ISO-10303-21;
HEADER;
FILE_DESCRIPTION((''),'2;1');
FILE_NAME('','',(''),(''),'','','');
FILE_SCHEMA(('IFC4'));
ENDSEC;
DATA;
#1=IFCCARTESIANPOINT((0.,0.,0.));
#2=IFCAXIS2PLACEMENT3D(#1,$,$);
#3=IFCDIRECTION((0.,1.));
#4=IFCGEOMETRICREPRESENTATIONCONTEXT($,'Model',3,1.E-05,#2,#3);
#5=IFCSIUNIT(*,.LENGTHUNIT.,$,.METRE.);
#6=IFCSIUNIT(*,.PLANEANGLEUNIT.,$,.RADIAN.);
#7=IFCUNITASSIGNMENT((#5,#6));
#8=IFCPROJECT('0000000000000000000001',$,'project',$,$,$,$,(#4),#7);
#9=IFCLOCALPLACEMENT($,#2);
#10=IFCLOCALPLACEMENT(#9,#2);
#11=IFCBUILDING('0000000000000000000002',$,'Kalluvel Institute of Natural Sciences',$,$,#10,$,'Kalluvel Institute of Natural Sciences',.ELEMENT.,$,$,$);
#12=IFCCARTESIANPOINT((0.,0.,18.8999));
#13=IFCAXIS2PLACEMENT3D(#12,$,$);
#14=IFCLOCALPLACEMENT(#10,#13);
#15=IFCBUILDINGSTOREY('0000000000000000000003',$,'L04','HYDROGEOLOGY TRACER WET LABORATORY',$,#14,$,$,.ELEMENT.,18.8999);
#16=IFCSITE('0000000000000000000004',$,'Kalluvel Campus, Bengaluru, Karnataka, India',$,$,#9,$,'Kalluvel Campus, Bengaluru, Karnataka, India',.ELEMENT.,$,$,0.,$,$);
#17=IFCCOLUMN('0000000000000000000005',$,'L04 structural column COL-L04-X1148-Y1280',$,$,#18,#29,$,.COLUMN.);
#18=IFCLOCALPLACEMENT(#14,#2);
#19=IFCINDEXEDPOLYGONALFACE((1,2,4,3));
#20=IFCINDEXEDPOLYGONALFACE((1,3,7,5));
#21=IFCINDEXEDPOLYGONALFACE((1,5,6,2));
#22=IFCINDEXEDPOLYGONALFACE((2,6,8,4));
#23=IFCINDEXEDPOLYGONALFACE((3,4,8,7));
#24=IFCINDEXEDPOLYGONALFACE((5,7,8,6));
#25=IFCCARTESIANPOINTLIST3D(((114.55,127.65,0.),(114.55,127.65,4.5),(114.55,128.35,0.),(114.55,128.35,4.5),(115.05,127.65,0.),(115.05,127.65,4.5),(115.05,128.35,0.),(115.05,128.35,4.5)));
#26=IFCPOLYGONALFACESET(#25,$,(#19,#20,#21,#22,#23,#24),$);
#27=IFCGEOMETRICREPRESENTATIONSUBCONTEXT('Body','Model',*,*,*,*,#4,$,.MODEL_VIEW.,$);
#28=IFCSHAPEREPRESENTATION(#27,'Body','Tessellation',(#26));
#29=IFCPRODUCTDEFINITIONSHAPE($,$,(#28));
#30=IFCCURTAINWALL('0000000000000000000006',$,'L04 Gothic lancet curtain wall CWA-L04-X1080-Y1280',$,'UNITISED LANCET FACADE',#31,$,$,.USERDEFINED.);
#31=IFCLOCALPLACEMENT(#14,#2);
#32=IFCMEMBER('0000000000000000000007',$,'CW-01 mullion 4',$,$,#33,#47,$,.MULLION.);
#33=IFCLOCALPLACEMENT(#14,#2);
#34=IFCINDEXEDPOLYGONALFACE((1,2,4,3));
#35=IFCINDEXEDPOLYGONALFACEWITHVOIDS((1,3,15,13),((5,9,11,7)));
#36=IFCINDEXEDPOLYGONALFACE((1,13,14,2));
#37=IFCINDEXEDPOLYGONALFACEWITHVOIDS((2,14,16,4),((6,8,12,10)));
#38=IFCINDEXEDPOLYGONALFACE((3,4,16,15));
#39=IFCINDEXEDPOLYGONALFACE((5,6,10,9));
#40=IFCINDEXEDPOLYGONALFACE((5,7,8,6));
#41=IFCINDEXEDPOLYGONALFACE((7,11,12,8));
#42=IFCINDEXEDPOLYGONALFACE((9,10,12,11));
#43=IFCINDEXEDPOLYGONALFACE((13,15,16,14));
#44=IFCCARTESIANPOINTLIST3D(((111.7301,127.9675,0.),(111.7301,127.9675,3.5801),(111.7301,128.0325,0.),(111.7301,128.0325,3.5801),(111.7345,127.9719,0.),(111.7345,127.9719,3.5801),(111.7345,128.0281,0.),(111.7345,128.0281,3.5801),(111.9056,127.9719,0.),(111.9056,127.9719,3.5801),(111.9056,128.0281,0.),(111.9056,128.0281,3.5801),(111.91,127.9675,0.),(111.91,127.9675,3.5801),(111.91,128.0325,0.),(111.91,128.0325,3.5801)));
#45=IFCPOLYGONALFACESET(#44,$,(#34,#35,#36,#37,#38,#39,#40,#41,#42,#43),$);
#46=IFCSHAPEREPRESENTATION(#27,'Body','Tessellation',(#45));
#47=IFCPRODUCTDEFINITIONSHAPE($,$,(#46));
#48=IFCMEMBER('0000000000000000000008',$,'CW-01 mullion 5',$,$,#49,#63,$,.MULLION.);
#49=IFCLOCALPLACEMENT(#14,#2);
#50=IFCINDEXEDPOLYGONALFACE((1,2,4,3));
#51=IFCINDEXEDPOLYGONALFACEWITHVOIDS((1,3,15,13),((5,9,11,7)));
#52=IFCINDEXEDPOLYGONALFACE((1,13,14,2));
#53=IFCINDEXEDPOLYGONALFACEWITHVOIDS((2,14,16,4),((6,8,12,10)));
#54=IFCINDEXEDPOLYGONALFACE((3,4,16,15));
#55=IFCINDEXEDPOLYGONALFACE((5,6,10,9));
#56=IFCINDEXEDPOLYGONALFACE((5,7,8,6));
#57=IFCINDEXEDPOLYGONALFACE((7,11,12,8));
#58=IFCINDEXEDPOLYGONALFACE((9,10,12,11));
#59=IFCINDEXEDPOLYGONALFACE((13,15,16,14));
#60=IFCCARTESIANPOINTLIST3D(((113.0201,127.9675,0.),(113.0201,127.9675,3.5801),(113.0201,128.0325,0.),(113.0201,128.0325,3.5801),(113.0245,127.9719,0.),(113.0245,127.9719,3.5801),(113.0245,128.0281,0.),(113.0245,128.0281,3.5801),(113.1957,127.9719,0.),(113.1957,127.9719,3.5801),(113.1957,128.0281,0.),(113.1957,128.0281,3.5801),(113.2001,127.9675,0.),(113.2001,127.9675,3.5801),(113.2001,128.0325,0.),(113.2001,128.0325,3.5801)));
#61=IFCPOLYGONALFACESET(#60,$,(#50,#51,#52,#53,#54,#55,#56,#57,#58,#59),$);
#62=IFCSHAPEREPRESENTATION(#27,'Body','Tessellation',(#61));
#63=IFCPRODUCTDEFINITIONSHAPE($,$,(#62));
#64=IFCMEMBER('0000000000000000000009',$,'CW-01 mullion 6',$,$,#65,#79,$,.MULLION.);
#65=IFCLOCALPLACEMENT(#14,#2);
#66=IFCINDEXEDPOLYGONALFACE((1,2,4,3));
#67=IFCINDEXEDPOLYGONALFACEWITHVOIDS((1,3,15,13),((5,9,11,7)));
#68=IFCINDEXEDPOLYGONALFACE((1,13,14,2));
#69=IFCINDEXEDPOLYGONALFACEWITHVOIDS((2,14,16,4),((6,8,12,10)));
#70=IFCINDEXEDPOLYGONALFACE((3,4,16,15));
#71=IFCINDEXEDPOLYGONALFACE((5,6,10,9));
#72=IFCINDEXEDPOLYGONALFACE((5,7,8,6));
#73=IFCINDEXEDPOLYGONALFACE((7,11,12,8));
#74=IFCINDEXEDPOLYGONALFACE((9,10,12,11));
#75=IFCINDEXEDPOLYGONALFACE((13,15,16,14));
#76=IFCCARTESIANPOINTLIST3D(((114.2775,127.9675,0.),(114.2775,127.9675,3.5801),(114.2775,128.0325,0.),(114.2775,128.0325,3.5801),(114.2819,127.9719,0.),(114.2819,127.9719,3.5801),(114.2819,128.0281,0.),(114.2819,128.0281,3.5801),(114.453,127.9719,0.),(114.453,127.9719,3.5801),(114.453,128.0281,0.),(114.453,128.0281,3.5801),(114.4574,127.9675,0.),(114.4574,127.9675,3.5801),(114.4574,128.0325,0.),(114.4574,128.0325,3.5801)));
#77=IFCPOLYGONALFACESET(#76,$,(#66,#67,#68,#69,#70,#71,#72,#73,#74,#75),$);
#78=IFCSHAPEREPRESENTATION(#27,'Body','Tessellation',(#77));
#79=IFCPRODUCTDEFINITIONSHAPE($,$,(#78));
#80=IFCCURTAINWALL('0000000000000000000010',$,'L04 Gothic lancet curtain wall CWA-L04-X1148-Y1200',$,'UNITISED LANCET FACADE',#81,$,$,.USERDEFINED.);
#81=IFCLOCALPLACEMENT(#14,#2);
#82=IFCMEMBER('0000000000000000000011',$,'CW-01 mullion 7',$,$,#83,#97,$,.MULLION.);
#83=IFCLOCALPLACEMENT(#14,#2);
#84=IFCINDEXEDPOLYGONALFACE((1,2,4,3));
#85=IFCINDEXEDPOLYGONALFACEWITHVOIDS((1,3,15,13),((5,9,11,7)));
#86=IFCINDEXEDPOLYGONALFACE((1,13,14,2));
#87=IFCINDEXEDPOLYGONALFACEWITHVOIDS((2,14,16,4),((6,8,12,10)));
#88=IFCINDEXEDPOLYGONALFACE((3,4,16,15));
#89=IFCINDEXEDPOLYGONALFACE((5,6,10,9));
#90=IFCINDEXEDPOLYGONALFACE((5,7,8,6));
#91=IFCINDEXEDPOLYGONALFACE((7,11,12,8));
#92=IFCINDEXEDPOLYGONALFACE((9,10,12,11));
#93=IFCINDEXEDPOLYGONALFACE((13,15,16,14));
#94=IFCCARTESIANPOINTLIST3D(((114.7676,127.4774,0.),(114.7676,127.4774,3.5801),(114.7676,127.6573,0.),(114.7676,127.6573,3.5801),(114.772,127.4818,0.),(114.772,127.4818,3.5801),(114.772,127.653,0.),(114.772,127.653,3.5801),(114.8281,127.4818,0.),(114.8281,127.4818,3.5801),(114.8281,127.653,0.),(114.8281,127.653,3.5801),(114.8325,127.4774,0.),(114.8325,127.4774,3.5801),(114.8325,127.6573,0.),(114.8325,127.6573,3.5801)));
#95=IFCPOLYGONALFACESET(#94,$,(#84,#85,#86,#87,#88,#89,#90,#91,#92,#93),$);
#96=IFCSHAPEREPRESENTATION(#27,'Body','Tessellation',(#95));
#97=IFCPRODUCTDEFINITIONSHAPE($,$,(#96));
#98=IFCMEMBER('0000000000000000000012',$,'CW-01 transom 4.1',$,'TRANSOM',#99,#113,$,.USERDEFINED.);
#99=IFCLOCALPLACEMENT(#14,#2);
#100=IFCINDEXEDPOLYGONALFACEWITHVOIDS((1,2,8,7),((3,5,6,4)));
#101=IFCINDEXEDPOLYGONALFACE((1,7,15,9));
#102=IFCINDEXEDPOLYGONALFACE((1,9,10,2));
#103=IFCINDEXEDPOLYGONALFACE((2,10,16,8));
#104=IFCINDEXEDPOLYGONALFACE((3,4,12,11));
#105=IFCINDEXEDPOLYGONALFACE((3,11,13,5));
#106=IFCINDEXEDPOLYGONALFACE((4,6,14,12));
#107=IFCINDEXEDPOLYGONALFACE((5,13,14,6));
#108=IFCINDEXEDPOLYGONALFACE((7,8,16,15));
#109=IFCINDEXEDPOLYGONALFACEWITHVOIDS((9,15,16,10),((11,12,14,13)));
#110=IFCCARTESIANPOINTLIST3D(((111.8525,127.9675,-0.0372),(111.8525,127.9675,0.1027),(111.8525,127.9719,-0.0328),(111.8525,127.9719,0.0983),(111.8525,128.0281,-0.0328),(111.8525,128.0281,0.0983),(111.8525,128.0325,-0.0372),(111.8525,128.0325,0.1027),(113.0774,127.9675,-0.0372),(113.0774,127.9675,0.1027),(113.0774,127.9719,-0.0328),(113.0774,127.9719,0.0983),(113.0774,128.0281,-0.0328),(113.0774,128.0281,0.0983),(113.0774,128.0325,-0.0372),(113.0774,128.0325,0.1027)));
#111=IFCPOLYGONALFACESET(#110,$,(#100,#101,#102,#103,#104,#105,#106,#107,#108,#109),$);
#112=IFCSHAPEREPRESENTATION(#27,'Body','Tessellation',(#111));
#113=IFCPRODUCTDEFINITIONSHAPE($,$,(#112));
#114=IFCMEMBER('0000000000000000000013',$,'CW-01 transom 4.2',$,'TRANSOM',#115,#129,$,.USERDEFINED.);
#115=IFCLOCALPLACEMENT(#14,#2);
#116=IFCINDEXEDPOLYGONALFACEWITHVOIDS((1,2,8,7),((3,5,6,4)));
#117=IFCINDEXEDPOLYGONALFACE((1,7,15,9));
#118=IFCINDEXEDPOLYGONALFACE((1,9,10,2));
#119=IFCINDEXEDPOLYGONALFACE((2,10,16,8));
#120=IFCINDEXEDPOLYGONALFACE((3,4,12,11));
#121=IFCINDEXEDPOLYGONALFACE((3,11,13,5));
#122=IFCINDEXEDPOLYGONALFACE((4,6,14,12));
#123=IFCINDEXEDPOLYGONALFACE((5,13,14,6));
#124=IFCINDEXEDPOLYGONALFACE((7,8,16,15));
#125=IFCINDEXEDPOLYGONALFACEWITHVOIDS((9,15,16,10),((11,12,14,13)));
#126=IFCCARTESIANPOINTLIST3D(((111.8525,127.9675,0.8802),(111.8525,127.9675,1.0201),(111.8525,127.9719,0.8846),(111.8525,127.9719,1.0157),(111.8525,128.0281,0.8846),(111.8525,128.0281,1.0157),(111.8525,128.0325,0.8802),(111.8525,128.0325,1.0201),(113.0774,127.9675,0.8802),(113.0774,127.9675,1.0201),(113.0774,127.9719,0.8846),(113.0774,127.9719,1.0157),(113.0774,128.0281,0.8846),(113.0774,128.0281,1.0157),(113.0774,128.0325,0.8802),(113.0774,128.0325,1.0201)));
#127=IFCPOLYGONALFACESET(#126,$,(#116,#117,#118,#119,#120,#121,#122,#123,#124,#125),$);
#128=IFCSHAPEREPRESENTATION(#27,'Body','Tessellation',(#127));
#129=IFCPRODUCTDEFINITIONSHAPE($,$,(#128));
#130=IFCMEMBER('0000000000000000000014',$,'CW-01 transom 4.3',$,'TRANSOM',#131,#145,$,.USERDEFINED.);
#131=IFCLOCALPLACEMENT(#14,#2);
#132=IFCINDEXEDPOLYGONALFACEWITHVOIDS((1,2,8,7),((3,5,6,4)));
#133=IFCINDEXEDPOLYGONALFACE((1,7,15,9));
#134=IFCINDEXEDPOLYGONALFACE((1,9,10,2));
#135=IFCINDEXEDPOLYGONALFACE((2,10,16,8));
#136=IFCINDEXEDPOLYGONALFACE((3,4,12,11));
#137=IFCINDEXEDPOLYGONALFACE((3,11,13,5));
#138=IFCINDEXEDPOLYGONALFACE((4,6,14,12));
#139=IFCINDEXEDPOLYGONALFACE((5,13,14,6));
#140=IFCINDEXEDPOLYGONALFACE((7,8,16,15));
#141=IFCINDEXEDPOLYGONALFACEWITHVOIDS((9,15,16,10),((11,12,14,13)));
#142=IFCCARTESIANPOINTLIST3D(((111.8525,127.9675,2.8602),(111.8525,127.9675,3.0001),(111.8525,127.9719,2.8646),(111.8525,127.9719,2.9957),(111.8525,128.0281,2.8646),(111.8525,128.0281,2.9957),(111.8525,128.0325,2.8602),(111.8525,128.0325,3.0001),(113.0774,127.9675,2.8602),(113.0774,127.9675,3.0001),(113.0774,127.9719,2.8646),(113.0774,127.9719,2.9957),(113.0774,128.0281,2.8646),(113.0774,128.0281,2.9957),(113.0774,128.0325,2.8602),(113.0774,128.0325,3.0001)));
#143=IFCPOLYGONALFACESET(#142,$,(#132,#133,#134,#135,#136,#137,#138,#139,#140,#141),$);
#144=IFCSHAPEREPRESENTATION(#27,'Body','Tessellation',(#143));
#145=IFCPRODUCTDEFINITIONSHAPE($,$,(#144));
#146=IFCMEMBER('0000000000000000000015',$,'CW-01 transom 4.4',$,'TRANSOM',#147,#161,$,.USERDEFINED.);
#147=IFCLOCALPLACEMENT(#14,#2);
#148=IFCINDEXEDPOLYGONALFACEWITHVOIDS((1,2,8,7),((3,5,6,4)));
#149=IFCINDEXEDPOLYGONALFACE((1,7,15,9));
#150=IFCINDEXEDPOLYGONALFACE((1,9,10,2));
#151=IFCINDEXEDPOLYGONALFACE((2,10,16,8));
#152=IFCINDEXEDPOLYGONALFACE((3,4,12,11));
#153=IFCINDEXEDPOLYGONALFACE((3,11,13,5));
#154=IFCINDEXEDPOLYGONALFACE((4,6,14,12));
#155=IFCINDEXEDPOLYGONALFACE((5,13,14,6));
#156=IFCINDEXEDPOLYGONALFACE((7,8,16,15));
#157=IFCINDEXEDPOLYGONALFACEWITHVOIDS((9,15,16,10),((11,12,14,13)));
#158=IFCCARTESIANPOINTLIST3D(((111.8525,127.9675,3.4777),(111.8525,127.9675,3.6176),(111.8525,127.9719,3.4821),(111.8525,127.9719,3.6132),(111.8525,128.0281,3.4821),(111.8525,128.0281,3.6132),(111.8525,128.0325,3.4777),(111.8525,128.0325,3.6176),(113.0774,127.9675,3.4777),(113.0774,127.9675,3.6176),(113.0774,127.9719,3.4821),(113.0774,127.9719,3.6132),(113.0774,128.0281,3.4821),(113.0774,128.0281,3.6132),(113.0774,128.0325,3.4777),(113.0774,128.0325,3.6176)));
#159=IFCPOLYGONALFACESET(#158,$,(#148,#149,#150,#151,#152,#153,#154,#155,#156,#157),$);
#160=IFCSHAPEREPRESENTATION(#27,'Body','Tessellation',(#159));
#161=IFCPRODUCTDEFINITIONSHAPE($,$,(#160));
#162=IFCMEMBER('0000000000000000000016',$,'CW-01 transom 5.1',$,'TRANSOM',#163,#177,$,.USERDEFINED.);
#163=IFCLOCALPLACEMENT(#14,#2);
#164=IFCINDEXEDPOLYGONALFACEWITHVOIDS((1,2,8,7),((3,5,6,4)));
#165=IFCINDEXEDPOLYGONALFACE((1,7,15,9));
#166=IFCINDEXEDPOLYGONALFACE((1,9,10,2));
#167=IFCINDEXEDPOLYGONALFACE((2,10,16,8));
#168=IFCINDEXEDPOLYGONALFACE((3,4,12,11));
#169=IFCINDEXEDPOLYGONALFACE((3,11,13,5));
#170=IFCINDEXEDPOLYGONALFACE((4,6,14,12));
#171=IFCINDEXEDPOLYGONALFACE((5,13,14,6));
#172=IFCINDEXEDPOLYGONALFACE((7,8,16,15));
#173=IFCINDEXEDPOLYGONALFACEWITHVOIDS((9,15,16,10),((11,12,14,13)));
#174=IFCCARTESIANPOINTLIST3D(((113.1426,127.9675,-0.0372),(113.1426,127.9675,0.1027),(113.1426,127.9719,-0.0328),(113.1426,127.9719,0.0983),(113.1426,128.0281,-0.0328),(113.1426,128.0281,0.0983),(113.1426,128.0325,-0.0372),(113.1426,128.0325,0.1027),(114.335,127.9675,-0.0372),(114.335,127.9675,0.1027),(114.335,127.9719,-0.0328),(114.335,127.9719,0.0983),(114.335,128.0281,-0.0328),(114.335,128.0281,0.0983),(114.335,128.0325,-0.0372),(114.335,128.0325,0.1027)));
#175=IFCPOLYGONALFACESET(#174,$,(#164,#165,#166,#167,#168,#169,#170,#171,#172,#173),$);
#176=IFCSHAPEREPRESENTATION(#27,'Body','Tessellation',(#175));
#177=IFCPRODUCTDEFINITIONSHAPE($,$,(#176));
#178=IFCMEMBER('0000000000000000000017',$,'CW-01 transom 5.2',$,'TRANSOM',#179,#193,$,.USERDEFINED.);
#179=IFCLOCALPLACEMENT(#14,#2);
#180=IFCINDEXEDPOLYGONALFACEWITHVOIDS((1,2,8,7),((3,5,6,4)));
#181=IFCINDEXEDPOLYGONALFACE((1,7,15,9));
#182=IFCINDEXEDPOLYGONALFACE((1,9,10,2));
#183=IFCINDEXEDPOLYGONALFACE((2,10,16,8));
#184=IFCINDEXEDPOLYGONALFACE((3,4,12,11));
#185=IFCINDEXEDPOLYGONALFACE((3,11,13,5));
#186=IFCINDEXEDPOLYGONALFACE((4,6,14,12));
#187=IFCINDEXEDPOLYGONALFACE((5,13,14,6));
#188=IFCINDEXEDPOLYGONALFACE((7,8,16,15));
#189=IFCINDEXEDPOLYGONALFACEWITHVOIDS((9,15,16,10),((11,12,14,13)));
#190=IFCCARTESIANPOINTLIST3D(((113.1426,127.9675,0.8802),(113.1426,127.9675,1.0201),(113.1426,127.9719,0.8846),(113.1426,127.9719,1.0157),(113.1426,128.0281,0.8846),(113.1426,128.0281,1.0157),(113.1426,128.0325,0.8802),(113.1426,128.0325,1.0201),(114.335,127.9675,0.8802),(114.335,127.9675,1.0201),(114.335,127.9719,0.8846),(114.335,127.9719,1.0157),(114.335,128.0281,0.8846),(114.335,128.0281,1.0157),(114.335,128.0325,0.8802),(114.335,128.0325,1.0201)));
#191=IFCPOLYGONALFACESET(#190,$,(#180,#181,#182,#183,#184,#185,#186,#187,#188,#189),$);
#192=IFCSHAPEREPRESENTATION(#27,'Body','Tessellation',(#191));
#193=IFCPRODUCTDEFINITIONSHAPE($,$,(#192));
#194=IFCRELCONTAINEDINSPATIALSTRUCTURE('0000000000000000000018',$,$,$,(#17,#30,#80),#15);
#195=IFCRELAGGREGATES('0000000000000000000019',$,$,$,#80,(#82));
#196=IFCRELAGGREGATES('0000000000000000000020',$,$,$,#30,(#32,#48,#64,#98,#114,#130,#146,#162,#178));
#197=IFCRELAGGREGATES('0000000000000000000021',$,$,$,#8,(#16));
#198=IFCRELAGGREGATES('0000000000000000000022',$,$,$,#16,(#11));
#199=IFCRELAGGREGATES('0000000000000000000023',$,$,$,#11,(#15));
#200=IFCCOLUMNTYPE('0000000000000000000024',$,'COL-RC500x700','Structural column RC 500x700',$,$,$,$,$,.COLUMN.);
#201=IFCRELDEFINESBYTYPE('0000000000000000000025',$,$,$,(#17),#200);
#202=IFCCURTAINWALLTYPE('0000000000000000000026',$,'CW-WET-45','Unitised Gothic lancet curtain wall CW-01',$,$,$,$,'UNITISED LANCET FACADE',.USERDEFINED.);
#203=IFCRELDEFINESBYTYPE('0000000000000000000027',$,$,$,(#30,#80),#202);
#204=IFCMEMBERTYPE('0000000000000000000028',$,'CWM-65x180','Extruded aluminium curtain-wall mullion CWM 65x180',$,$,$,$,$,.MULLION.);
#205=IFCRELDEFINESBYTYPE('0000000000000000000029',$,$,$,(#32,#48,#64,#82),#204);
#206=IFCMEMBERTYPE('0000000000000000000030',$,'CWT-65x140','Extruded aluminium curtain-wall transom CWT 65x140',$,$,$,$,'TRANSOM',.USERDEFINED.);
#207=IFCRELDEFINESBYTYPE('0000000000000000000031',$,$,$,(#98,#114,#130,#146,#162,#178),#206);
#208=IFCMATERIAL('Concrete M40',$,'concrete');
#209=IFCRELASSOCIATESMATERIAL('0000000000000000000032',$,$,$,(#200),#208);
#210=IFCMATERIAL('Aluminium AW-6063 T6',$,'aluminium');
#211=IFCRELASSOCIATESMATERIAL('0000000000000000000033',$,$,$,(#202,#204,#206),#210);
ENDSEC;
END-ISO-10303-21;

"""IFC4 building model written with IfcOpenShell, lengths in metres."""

from ifc_helpers import new_model, si_unit, direction, frame, origin, origin_2d, place, context, subcontext, project, spatial, rectangle, hollow_rectangle, extrude, material, material_profile, profile_set, type_object, element, aggregate, save


model = new_model("IFC4")

# Units and contexts
model_context = context("Model", 3, precision=1e-05, world=origin(), true_north=direction((0.0, 1.0)))
body_context = subcontext(model_context, "Body", "Model", "MODEL_VIEW")
ifc_project = project(units=[si_unit("LENGTHUNIT", "METRE"), si_unit("PLANEANGLEUNIT", "RADIAN")], contexts=[model_context])

# Site, building, storey
site_placement = place(None, origin())
site = spatial("IfcSite", under=ifc_project, at=site_placement, Name="Kalluvel Campus, Bengaluru, Karnataka, India", LongName="Kalluvel Campus, Bengaluru, Karnataka, India", CompositionType="ELEMENT", RefElevation=0.0)
building_placement = place(site_placement, origin())
building = spatial("IfcBuilding", under=site, at=building_placement, Name="Kalluvel Institute of Natural Sciences", LongName="Kalluvel Institute of Natural Sciences", CompositionType="ELEMENT")
storey_placement = place(building_placement, frame((0.0, 0.0, 18.8999)))
storey = spatial("IfcBuildingStorey", under=building, at=storey_placement, Name="L04", Description="HYDROGEOLOGY TRACER WET LABORATORY", CompositionType="ELEMENT", Elevation=18.8999)

# Column
ifc_material_1 = material(Name="Concrete M40", Category="concrete")
ifc_material_profile_1 = material_profile(ifc_material_1, rectangle(XDim=0.5, YDim=0.7, at=origin_2d()), Name="RC 500x700")
ifc_profile_set_1 = profile_set([ifc_material_profile_1], Name="Concrete M40")
column_type = type_object("IfcColumnType", Name="COL-RC500x700", Description="Structural column RC 500x700", PredefinedType="COLUMN", material=ifc_profile_set_1)
column_placement = place(storey_placement, frame((114.8, 128.0, 0.0), z_axis=(0.0, 0.0, 1.0), x_axis=(1.0, 0.0, 0.0)))
element("IfcColumn", 1, at=column_placement, inside=storey, type_object=column_type, Name="L04 structural column COL-L04-X1148-Y1280", PredefinedType="COLUMN", context=body_context, shape_type="SweptSolid", body=[
    extrude(rectangle(XDim=0.5, YDim=0.7, at=origin_2d()), origin(), (0.0, 0.0, 1.0), 4.5),
])

# Curtain wall, members
ifc_material_2 = material(Name="Aluminium AW-6063 T6", Category="aluminium")
curtain_wall_type = type_object("IfcCurtainWallType", Name="CW-WET-45", Description="Unitised Gothic lancet curtain wall CW-01", ElementType="UNITISED LANCET FACADE", PredefinedType="USERDEFINED", material=ifc_material_2)
curtain_wall_1_placement = place(storey_placement, origin())
curtain_wall_1 = element("IfcCurtainWall", 2, at=curtain_wall_1_placement, inside=storey, type_object=curtain_wall_type, Name="L04 Gothic lancet curtain wall CWA-L04-X1080-Y1280", ObjectType="UNITISED LANCET FACADE", PredefinedType="USERDEFINED")
ifc_material_profile_2 = material_profile(ifc_material_2, hollow_rectangle(XDim=0.0649, YDim=0.1799, WallThickness=0.0044, at=origin_2d()), Name="CWM 65x180")
ifc_profile_set_2 = profile_set([ifc_material_profile_2], Name="Aluminium AW-6063 T6")
member_type_1 = type_object("IfcMemberType", Name="CWM-65x180", Description="Extruded aluminium curtain-wall mullion CWM 65x180", PredefinedType="MULLION", material=ifc_profile_set_2)
member_1_placement = place(storey_placement, frame((111.8201, 128.0, 0.0), z_axis=(0.0, 0.0, 1.0), x_axis=(0.0, 1.0, 0.0)))
member_1 = element("IfcMember", 3, at=member_1_placement, type_object=member_type_1, Name="CW-01 mullion 4", PredefinedType="MULLION", context=body_context, shape_type="SweptSolid", body=[
    extrude(hollow_rectangle(XDim=0.0649, YDim=0.1799, WallThickness=0.0044, at=origin_2d()), origin(), (0.0, 0.0, 1.0), 3.5801),
])
member_2_placement = place(storey_placement, frame((113.1101, 128.0, 0.0), z_axis=(0.0, 0.0, 1.0), x_axis=(0.0, 1.0, 0.0)))
member_2 = element("IfcMember", 4, at=member_2_placement, type_object=member_type_1, Name="CW-01 mullion 5", PredefinedType="MULLION", context=body_context, shape_type="SweptSolid", body=[
    extrude(hollow_rectangle(XDim=0.0649, YDim=0.1799, WallThickness=0.0044, at=origin_2d()), origin(), (0.0, 0.0, 1.0), 3.5801),
])
member_3_placement = place(storey_placement, frame((114.3674, 128.0, 0.0), z_axis=(0.0, 0.0, 1.0), x_axis=(0.0, 1.0, 0.0)))
member_3 = element("IfcMember", 5, at=member_3_placement, type_object=member_type_1, Name="CW-01 mullion 6", PredefinedType="MULLION", context=body_context, shape_type="SweptSolid", body=[
    extrude(hollow_rectangle(XDim=0.0649, YDim=0.1799, WallThickness=0.0044, at=origin_2d()), origin(), (0.0, 0.0, 1.0), 3.5801),
])

# Curtain wall, member
curtain_wall_2_placement = place(storey_placement, origin())
curtain_wall_2 = element("IfcCurtainWall", 6, at=curtain_wall_2_placement, inside=storey, type_object=curtain_wall_type, Name="L04 Gothic lancet curtain wall CWA-L04-X1148-Y1200", ObjectType="UNITISED LANCET FACADE", PredefinedType="USERDEFINED")
member_4_placement = place(storey_placement, frame((114.8, 127.5674, 0.0), z_axis=(0.0, 0.0, 1.0), x_axis=(-1.0, 0.0, 0.0)))
member_4 = element("IfcMember", 7, at=member_4_placement, type_object=member_type_1, Name="CW-01 mullion 7", PredefinedType="MULLION", context=body_context, shape_type="SweptSolid", body=[
    extrude(hollow_rectangle(XDim=0.0649, YDim=0.1799, WallThickness=0.0044, at=origin_2d()), origin(), (0.0, 0.0, 1.0), 3.5801),
])
aggregate(curtain_wall_2, [member_4])

# Members
ifc_material_profile_3 = material_profile(ifc_material_2, hollow_rectangle(XDim=0.0649, YDim=0.1399, WallThickness=0.0044, at=origin_2d()), Name="CWT 65x140")
ifc_profile_set_3 = profile_set([ifc_material_profile_3], Name="Aluminium AW-6063 T6")
member_type_2 = type_object("IfcMemberType", Name="CWT-65x140", Description="Extruded aluminium curtain-wall transom CWT 65x140", ElementType="TRANSOM", PredefinedType="USERDEFINED", material=ifc_profile_set_3)
member_5_placement = place(storey_placement, frame((111.8525, 128.0, 0.0327), z_axis=(1.0, 0.0, 0.0), x_axis=(0.0, 1.0, 0.0)))
member_5 = element("IfcMember", 8, at=member_5_placement, type_object=member_type_2, Name="CW-01 transom 4.1", ObjectType="TRANSOM", PredefinedType="USERDEFINED", context=body_context, shape_type="SweptSolid", body=[
    extrude(hollow_rectangle(XDim=0.0649, YDim=0.1399, WallThickness=0.0044, at=origin_2d()), origin(), (0.0, 0.0, 1.0), 1.2249),
])
member_6_placement = place(storey_placement, frame((111.8525, 128.0, 0.9502), z_axis=(1.0, 0.0, 0.0), x_axis=(0.0, 1.0, 0.0)))
member_6 = element("IfcMember", 9, at=member_6_placement, type_object=member_type_2, Name="CW-01 transom 4.2", ObjectType="TRANSOM", PredefinedType="USERDEFINED", context=body_context, shape_type="SweptSolid", body=[
    extrude(hollow_rectangle(XDim=0.0649, YDim=0.1399, WallThickness=0.0044, at=origin_2d()), origin(), (0.0, 0.0, 1.0), 1.2249),
])
member_7_placement = place(storey_placement, frame((111.8525, 128.0, 2.9302), z_axis=(1.0, 0.0, 0.0), x_axis=(0.0, 1.0, 0.0)))
member_7 = element("IfcMember", 10, at=member_7_placement, type_object=member_type_2, Name="CW-01 transom 4.3", ObjectType="TRANSOM", PredefinedType="USERDEFINED", context=body_context, shape_type="SweptSolid", body=[
    extrude(hollow_rectangle(XDim=0.0649, YDim=0.1399, WallThickness=0.0044, at=origin_2d()), origin(), (0.0, 0.0, 1.0), 1.2249),
])
member_8_placement = place(storey_placement, frame((111.8525, 128.0, 3.5476), z_axis=(1.0, 0.0, 0.0), x_axis=(0.0, 1.0, 0.0)))
member_8 = element("IfcMember", 11, at=member_8_placement, type_object=member_type_2, Name="CW-01 transom 4.4", ObjectType="TRANSOM", PredefinedType="USERDEFINED", context=body_context, shape_type="SweptSolid", body=[
    extrude(hollow_rectangle(XDim=0.0649, YDim=0.1399, WallThickness=0.0044, at=origin_2d()), origin(), (0.0, 0.0, 1.0), 1.2249),
])
member_9_placement = place(storey_placement, frame((113.1426, 128.0, 0.0327), z_axis=(1.0, 0.0, 0.0), x_axis=(0.0, 1.0, 0.0)))
member_9 = element("IfcMember", 12, at=member_9_placement, type_object=member_type_2, Name="CW-01 transom 5.1", ObjectType="TRANSOM", PredefinedType="USERDEFINED", context=body_context, shape_type="SweptSolid", body=[
    extrude(hollow_rectangle(XDim=0.0649, YDim=0.1399, WallThickness=0.0044, at=origin_2d()), origin(), (0.0, 0.0, 1.0), 1.1924),
])
member_10_placement = place(storey_placement, frame((113.1426, 128.0, 0.9502), z_axis=(1.0, 0.0, 0.0), x_axis=(0.0, 1.0, 0.0)))
member_10 = element("IfcMember", 13, at=member_10_placement, type_object=member_type_2, Name="CW-01 transom 5.2", ObjectType="TRANSOM", PredefinedType="USERDEFINED", context=body_context, shape_type="SweptSolid", body=[
    extrude(hollow_rectangle(XDim=0.0649, YDim=0.1399, WallThickness=0.0044, at=origin_2d()), origin(), (0.0, 0.0, 1.0), 1.1924),
])

aggregate(curtain_wall_1, [member_1, member_2, member_3, member_5, member_6, member_7, member_8, member_9, member_10])

save(model, "model.ifc")
